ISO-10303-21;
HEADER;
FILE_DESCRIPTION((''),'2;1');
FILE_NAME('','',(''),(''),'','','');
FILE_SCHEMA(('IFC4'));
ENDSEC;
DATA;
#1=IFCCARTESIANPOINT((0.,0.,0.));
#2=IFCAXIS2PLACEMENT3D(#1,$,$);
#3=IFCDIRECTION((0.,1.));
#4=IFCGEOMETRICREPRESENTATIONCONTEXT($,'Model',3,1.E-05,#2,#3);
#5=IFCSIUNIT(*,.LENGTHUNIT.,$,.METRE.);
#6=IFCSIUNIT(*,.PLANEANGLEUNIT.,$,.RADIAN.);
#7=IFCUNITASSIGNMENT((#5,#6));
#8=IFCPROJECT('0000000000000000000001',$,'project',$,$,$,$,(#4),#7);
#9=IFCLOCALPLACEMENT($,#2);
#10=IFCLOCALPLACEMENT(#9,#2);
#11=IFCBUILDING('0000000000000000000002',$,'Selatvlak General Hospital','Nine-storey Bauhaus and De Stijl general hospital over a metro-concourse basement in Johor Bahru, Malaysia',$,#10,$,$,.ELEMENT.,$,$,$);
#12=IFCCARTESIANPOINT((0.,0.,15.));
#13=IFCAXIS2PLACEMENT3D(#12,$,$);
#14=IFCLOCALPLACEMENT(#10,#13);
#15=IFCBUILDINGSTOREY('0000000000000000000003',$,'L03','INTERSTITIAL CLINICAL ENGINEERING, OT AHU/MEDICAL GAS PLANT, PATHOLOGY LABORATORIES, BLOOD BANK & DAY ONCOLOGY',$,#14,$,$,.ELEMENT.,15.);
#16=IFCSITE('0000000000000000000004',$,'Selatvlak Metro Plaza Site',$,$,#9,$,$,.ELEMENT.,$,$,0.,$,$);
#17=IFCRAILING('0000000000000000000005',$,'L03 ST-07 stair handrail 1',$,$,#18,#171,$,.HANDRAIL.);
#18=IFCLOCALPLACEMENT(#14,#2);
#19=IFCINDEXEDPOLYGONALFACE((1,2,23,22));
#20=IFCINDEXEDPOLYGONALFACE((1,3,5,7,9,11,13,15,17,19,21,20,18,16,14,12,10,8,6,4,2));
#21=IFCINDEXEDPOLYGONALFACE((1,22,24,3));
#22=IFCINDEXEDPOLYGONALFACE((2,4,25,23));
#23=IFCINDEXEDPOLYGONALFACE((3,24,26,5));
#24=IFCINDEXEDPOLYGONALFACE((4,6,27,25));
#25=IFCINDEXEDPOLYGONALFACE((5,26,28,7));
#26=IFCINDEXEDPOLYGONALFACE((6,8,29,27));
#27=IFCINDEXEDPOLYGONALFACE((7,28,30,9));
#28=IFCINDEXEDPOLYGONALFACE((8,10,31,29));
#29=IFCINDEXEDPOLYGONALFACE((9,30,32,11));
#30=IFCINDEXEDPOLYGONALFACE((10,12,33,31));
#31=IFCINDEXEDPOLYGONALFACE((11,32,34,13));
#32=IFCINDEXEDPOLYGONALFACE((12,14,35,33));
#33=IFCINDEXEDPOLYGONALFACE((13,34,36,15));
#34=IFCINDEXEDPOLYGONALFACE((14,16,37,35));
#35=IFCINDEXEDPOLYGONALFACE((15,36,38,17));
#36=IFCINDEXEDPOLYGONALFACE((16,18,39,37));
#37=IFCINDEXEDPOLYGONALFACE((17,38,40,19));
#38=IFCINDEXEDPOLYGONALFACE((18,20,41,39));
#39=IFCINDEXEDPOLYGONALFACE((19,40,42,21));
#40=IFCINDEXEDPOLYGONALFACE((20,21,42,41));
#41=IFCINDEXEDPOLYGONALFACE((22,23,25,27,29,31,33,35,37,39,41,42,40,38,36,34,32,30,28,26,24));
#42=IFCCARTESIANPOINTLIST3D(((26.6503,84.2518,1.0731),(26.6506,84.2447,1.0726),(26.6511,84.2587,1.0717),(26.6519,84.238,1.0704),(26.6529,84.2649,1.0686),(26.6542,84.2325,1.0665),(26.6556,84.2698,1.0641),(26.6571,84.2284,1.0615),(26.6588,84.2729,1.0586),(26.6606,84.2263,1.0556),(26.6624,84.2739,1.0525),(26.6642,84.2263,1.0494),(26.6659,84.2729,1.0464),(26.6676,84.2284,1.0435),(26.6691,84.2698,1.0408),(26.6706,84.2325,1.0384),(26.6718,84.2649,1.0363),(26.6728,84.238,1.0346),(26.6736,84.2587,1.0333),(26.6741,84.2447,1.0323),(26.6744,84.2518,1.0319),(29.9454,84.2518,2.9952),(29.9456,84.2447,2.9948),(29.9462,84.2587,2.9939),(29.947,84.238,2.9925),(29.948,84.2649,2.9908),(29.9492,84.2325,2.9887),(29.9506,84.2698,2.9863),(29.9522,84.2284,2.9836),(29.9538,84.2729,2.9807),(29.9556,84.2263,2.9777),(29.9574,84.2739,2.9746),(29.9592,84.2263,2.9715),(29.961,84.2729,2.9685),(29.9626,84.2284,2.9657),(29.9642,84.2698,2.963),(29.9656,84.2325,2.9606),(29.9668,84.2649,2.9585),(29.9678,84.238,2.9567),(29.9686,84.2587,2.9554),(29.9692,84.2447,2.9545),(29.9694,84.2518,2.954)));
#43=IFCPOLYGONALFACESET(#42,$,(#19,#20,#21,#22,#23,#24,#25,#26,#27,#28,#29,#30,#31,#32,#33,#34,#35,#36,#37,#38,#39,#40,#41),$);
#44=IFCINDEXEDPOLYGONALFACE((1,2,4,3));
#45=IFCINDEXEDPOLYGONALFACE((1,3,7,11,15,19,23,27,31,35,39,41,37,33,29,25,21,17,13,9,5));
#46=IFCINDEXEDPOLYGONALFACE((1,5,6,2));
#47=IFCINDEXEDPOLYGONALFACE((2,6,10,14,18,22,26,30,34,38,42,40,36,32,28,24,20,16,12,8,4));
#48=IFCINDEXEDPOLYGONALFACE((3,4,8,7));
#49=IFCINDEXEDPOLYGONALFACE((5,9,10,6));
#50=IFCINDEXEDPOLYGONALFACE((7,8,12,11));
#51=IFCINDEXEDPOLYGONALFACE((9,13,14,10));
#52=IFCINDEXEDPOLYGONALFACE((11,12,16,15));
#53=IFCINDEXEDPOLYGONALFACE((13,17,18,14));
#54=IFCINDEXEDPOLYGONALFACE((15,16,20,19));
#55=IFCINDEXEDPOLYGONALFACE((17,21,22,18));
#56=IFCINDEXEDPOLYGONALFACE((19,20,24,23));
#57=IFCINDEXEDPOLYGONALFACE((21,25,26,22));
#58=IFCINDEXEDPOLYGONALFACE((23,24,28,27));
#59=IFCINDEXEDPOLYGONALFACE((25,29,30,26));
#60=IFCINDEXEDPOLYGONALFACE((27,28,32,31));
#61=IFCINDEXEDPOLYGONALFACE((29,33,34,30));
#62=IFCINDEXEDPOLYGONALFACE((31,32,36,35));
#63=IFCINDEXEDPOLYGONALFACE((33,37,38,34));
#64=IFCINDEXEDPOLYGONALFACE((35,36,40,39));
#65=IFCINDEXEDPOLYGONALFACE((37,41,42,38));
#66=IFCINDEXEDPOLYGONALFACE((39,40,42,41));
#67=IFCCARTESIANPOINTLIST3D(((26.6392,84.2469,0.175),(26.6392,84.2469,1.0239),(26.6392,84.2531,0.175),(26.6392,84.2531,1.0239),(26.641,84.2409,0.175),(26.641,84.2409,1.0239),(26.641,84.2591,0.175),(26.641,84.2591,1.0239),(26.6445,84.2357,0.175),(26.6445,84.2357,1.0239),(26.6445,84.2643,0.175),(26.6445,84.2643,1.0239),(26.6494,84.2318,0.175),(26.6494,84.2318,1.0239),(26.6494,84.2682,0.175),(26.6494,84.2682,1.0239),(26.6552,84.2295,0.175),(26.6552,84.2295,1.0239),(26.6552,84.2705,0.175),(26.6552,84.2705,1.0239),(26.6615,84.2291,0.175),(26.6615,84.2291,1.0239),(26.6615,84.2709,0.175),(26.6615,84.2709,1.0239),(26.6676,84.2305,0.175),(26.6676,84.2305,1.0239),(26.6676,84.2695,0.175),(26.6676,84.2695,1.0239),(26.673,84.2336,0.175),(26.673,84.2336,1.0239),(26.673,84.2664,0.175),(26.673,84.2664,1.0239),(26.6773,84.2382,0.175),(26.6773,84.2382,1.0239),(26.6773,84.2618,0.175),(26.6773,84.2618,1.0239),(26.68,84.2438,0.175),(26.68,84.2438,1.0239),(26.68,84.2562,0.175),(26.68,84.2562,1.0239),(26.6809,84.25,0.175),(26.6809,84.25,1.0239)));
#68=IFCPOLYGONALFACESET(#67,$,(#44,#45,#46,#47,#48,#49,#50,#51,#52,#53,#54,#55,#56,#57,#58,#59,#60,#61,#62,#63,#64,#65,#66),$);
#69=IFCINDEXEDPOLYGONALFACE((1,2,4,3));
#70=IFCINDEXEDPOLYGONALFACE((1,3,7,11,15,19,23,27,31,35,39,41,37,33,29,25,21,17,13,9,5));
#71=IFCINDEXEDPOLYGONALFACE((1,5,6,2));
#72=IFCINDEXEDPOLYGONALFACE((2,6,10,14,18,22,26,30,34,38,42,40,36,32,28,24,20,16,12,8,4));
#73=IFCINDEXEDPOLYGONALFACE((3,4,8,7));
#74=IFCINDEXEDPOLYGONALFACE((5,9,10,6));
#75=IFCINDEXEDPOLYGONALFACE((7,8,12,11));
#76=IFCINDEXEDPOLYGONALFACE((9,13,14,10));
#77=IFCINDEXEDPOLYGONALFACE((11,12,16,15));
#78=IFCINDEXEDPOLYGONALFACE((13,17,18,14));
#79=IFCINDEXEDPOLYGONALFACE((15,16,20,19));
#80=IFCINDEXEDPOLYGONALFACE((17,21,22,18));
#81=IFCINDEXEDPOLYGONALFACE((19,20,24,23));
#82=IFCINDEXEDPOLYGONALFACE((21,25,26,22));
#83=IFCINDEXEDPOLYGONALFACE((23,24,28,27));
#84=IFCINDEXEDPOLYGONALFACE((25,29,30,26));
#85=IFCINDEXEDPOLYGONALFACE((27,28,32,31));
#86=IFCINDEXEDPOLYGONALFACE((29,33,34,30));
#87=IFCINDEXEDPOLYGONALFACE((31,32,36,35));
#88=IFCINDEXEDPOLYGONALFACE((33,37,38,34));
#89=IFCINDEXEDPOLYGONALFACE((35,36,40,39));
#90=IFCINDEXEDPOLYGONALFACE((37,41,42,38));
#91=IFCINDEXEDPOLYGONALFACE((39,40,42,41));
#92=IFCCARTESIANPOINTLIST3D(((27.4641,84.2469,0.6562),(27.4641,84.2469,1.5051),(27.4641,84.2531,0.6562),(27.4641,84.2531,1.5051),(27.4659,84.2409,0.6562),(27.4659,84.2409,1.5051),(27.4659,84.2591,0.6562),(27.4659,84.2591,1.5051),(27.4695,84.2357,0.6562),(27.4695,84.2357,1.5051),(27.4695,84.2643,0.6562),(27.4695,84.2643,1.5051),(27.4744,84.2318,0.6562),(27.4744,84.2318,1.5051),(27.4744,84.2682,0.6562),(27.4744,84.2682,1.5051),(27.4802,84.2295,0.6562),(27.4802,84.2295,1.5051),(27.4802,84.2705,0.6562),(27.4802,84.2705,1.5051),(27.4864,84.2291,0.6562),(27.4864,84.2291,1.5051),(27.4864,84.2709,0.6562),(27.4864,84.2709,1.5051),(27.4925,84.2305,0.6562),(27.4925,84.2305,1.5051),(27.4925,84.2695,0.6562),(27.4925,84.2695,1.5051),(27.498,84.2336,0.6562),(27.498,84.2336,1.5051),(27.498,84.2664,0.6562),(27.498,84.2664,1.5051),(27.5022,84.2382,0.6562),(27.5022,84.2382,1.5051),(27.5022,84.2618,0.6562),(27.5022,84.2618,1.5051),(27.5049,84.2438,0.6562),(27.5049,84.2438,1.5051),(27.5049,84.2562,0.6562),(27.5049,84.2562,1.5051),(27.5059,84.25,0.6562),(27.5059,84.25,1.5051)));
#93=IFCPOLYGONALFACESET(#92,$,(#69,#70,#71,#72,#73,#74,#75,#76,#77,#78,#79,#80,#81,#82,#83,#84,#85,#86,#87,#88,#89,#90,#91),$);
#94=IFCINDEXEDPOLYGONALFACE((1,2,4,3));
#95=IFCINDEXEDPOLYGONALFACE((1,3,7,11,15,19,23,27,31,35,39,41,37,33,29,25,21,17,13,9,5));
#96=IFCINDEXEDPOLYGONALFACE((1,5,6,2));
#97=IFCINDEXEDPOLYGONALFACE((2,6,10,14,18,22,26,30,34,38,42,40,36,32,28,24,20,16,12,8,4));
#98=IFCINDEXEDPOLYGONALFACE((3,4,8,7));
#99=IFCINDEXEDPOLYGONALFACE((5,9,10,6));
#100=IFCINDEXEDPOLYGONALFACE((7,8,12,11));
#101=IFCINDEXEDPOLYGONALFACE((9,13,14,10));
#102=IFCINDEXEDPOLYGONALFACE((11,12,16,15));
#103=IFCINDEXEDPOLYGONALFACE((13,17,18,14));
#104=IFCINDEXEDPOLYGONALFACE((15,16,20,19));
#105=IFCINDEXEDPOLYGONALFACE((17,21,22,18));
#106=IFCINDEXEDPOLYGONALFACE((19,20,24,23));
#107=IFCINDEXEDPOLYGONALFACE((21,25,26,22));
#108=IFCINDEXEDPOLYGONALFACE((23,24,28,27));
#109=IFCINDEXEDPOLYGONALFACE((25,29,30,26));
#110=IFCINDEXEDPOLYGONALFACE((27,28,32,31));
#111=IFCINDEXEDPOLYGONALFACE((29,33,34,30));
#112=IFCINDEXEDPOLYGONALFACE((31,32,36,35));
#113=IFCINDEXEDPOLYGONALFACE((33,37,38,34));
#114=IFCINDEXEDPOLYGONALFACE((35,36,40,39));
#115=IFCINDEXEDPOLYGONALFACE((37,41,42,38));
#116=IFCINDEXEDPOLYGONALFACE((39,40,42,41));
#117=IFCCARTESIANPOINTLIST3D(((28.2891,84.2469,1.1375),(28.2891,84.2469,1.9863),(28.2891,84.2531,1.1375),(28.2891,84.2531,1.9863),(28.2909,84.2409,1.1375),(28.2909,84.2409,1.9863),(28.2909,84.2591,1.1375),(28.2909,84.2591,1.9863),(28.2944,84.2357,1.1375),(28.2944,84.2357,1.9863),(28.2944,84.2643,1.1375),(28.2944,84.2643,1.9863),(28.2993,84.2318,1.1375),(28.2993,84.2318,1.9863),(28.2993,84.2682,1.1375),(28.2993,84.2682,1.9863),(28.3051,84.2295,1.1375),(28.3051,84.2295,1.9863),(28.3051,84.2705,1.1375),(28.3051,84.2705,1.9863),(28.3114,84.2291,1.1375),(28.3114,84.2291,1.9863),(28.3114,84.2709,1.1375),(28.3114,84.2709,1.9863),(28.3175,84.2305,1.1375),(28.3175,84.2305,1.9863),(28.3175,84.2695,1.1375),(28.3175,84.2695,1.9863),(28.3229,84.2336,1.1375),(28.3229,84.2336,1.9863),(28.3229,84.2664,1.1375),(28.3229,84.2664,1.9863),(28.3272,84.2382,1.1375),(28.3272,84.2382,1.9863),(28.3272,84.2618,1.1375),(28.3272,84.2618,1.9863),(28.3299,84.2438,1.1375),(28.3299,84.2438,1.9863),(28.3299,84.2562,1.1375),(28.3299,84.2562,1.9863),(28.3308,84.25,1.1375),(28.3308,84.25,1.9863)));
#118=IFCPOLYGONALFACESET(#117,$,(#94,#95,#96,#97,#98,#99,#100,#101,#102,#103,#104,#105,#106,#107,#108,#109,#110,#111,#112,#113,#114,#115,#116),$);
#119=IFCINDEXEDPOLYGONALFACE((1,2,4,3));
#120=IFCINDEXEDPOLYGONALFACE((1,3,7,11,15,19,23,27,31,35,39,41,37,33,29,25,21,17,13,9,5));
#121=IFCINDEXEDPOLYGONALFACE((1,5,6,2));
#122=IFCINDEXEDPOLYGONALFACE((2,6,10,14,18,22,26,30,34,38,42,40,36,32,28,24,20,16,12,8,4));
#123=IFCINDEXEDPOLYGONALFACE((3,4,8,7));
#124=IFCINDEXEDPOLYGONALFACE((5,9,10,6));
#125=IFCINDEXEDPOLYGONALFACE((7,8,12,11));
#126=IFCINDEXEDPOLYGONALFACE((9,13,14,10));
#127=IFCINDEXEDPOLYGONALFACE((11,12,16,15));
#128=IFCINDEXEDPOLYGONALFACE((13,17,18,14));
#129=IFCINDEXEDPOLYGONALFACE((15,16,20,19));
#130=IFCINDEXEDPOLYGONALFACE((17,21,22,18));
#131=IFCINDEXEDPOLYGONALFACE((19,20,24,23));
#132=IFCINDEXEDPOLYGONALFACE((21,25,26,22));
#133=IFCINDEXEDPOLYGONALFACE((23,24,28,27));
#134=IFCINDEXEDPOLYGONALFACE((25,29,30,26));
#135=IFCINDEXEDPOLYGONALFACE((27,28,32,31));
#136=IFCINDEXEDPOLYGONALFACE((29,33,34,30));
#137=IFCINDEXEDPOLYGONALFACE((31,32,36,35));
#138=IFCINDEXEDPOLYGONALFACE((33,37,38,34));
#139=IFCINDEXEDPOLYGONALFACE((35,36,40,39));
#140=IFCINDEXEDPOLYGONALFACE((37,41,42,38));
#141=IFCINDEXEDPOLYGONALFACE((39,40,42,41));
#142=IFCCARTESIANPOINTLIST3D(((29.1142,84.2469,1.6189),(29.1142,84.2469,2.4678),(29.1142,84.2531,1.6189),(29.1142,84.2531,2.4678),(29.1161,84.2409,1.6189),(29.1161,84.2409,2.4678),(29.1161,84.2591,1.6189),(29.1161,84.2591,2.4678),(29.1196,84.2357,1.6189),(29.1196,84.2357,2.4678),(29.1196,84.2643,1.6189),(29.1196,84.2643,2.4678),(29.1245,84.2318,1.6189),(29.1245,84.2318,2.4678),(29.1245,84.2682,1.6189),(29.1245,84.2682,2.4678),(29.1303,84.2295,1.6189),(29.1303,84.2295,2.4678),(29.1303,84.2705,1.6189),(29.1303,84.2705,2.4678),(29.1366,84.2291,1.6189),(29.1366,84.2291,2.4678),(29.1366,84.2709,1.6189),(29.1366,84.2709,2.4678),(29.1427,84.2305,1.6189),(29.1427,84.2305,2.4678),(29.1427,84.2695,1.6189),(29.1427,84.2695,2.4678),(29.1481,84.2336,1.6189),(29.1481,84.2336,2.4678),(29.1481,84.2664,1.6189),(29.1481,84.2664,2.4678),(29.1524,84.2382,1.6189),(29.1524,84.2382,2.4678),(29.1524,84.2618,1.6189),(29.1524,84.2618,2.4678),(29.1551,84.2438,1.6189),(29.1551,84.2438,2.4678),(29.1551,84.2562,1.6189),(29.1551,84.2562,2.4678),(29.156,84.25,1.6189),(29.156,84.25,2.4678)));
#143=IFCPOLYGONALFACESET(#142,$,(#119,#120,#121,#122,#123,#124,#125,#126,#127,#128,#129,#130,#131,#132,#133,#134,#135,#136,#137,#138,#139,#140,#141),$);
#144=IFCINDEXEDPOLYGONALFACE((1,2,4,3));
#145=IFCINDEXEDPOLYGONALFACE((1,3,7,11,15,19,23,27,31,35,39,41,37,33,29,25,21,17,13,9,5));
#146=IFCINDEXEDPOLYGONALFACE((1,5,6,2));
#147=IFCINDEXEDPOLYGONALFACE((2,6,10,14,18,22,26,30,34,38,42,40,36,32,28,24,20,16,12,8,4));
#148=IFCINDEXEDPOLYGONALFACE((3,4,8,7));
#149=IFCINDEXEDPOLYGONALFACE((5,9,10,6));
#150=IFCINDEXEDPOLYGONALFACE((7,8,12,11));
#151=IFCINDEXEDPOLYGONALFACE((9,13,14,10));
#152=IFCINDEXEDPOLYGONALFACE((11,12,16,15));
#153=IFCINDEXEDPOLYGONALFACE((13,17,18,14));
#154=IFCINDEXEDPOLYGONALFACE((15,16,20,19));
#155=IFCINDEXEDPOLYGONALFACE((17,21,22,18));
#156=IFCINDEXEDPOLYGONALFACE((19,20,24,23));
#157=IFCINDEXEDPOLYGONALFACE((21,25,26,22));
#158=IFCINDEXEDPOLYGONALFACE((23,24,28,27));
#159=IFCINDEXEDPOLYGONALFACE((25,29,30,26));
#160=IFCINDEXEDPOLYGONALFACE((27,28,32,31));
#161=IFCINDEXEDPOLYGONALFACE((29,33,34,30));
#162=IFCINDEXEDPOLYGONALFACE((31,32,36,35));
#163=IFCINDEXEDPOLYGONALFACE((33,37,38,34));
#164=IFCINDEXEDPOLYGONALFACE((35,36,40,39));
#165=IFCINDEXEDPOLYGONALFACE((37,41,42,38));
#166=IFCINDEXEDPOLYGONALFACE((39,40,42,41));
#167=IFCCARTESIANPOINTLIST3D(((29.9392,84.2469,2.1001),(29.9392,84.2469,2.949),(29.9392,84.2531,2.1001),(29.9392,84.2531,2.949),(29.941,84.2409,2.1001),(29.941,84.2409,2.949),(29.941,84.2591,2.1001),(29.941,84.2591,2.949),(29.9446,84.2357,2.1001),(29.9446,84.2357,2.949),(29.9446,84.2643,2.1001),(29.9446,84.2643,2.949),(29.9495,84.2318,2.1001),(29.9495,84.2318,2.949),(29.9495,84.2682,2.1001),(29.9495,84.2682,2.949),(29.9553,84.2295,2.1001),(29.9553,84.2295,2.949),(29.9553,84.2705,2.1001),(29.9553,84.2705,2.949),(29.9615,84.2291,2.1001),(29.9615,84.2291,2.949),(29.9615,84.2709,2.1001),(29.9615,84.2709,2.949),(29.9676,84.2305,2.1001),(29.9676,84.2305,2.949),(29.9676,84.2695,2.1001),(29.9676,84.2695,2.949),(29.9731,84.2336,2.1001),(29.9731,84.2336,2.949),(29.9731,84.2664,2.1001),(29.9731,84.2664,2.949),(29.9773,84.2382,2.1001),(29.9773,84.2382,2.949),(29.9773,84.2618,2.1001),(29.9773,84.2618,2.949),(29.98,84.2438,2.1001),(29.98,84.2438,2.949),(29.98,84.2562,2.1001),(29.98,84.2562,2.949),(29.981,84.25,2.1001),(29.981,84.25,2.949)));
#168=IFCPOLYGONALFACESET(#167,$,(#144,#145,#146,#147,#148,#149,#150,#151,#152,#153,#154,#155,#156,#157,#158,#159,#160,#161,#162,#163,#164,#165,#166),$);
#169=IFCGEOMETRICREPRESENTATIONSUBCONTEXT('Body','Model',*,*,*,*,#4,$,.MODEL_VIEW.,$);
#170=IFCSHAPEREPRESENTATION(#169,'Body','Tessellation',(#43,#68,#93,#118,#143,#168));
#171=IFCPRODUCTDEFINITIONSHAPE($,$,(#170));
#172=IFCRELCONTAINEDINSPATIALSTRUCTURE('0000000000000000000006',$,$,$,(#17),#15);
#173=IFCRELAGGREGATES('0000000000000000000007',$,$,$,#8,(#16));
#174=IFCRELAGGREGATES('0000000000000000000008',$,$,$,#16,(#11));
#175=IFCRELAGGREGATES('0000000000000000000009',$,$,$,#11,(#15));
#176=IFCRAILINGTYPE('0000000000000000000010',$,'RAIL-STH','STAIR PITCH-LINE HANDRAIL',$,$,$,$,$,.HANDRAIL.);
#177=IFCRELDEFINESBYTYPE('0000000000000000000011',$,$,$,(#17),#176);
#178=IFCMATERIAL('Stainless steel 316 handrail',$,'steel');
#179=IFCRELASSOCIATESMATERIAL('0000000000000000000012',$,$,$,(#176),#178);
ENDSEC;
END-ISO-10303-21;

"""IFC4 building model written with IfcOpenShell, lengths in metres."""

from ifc_helpers import new_model, si_unit, direction, frame, origin, origin_2d, place, context, subcontext, project, spatial, circle, extrude, material, type_object, element, save


model = new_model("IFC4")

# Units and contexts
model_context = context("Model", 3, precision=1e-05, world=origin(), true_north=direction((0.0, 1.0)))
body_context = subcontext(model_context, "Body", "Model", "MODEL_VIEW")
ifc_project = project(units=[si_unit("LENGTHUNIT", "METRE"), si_unit("PLANEANGLEUNIT", "RADIAN")], contexts=[model_context])

# Site, building, storey
site_placement = place(None, origin())
site = spatial("IfcSite", under=ifc_project, at=site_placement, Name="Selatvlak Metro Plaza Site", CompositionType="ELEMENT", RefElevation=0.0)
building_placement = place(site_placement, origin())
building = spatial("IfcBuilding", under=site, at=building_placement, Name="Selatvlak General Hospital", Description="Nine-storey Bauhaus and De Stijl general hospital over a metro-concourse basement in Johor Bahru, Malaysia", CompositionType="ELEMENT")
storey_placement = place(building_placement, frame((0.0, 0.0, 15.0)))
storey = spatial("IfcBuildingStorey", under=building, at=storey_placement, Name="L03", Description="INTERSTITIAL CLINICAL ENGINEERING, OT AHU/MEDICAL GAS PLANT, PATHOLOGY LABORATORIES, BLOOD BANK & DAY ONCOLOGY", CompositionType="ELEMENT", Elevation=15.0)

# Railing
ifc_material_1 = material(Name="Stainless steel 316 handrail", Category="steel")
railing_type_1 = type_object("IfcRailingType", Name="RAIL-STH", Description="STAIR PITCH-LINE HANDRAIL", PredefinedType="HANDRAIL", material=ifc_material_1)
railing_1_placement = place(storey_placement, frame((26.6599, 84.25, 0.175)))
element("IfcRailing", 1, at=railing_1_placement, inside=storey, type_object=railing_type_1, Name="L03 ST-07 stair handrail 1", PredefinedType="HANDRAIL", context=body_context, shape_type="SweptSolid", body=[
    extrude(circle(Radius=0.0239, at=origin_2d()), frame((0.0024, 0.0, 0.8774), z_axis=(0.863777, 0.0, 0.503875), x_axis=(0.0, 1.0, 0.0)), (0.0, 0.0, 1.0), 3.8147),
    extrude(circle(Radius=0.021, at=origin_2d()), origin(), (0.0, 0.0, 1.0), 0.8489),
    extrude(circle(Radius=0.021, at=origin_2d()), frame((0.825, 0.0, 0.4812)), (0.0, 0.0, 1.0), 0.8489),
    extrude(circle(Radius=0.021, at=origin_2d()), frame((1.6499, 0.0, 0.9624)), (0.0, 0.0, 1.0), 0.8489),
    extrude(circle(Radius=0.021, at=origin_2d()), frame((2.4751, 0.0, 1.4438)), (0.0, 0.0, 1.0), 0.8489),
    extrude(circle(Radius=0.021, at=origin_2d()), frame((3.3, 0.0, 1.925)), (0.0, 0.0, 1.0), 0.8489),
])

save(model, "model.ifc")
